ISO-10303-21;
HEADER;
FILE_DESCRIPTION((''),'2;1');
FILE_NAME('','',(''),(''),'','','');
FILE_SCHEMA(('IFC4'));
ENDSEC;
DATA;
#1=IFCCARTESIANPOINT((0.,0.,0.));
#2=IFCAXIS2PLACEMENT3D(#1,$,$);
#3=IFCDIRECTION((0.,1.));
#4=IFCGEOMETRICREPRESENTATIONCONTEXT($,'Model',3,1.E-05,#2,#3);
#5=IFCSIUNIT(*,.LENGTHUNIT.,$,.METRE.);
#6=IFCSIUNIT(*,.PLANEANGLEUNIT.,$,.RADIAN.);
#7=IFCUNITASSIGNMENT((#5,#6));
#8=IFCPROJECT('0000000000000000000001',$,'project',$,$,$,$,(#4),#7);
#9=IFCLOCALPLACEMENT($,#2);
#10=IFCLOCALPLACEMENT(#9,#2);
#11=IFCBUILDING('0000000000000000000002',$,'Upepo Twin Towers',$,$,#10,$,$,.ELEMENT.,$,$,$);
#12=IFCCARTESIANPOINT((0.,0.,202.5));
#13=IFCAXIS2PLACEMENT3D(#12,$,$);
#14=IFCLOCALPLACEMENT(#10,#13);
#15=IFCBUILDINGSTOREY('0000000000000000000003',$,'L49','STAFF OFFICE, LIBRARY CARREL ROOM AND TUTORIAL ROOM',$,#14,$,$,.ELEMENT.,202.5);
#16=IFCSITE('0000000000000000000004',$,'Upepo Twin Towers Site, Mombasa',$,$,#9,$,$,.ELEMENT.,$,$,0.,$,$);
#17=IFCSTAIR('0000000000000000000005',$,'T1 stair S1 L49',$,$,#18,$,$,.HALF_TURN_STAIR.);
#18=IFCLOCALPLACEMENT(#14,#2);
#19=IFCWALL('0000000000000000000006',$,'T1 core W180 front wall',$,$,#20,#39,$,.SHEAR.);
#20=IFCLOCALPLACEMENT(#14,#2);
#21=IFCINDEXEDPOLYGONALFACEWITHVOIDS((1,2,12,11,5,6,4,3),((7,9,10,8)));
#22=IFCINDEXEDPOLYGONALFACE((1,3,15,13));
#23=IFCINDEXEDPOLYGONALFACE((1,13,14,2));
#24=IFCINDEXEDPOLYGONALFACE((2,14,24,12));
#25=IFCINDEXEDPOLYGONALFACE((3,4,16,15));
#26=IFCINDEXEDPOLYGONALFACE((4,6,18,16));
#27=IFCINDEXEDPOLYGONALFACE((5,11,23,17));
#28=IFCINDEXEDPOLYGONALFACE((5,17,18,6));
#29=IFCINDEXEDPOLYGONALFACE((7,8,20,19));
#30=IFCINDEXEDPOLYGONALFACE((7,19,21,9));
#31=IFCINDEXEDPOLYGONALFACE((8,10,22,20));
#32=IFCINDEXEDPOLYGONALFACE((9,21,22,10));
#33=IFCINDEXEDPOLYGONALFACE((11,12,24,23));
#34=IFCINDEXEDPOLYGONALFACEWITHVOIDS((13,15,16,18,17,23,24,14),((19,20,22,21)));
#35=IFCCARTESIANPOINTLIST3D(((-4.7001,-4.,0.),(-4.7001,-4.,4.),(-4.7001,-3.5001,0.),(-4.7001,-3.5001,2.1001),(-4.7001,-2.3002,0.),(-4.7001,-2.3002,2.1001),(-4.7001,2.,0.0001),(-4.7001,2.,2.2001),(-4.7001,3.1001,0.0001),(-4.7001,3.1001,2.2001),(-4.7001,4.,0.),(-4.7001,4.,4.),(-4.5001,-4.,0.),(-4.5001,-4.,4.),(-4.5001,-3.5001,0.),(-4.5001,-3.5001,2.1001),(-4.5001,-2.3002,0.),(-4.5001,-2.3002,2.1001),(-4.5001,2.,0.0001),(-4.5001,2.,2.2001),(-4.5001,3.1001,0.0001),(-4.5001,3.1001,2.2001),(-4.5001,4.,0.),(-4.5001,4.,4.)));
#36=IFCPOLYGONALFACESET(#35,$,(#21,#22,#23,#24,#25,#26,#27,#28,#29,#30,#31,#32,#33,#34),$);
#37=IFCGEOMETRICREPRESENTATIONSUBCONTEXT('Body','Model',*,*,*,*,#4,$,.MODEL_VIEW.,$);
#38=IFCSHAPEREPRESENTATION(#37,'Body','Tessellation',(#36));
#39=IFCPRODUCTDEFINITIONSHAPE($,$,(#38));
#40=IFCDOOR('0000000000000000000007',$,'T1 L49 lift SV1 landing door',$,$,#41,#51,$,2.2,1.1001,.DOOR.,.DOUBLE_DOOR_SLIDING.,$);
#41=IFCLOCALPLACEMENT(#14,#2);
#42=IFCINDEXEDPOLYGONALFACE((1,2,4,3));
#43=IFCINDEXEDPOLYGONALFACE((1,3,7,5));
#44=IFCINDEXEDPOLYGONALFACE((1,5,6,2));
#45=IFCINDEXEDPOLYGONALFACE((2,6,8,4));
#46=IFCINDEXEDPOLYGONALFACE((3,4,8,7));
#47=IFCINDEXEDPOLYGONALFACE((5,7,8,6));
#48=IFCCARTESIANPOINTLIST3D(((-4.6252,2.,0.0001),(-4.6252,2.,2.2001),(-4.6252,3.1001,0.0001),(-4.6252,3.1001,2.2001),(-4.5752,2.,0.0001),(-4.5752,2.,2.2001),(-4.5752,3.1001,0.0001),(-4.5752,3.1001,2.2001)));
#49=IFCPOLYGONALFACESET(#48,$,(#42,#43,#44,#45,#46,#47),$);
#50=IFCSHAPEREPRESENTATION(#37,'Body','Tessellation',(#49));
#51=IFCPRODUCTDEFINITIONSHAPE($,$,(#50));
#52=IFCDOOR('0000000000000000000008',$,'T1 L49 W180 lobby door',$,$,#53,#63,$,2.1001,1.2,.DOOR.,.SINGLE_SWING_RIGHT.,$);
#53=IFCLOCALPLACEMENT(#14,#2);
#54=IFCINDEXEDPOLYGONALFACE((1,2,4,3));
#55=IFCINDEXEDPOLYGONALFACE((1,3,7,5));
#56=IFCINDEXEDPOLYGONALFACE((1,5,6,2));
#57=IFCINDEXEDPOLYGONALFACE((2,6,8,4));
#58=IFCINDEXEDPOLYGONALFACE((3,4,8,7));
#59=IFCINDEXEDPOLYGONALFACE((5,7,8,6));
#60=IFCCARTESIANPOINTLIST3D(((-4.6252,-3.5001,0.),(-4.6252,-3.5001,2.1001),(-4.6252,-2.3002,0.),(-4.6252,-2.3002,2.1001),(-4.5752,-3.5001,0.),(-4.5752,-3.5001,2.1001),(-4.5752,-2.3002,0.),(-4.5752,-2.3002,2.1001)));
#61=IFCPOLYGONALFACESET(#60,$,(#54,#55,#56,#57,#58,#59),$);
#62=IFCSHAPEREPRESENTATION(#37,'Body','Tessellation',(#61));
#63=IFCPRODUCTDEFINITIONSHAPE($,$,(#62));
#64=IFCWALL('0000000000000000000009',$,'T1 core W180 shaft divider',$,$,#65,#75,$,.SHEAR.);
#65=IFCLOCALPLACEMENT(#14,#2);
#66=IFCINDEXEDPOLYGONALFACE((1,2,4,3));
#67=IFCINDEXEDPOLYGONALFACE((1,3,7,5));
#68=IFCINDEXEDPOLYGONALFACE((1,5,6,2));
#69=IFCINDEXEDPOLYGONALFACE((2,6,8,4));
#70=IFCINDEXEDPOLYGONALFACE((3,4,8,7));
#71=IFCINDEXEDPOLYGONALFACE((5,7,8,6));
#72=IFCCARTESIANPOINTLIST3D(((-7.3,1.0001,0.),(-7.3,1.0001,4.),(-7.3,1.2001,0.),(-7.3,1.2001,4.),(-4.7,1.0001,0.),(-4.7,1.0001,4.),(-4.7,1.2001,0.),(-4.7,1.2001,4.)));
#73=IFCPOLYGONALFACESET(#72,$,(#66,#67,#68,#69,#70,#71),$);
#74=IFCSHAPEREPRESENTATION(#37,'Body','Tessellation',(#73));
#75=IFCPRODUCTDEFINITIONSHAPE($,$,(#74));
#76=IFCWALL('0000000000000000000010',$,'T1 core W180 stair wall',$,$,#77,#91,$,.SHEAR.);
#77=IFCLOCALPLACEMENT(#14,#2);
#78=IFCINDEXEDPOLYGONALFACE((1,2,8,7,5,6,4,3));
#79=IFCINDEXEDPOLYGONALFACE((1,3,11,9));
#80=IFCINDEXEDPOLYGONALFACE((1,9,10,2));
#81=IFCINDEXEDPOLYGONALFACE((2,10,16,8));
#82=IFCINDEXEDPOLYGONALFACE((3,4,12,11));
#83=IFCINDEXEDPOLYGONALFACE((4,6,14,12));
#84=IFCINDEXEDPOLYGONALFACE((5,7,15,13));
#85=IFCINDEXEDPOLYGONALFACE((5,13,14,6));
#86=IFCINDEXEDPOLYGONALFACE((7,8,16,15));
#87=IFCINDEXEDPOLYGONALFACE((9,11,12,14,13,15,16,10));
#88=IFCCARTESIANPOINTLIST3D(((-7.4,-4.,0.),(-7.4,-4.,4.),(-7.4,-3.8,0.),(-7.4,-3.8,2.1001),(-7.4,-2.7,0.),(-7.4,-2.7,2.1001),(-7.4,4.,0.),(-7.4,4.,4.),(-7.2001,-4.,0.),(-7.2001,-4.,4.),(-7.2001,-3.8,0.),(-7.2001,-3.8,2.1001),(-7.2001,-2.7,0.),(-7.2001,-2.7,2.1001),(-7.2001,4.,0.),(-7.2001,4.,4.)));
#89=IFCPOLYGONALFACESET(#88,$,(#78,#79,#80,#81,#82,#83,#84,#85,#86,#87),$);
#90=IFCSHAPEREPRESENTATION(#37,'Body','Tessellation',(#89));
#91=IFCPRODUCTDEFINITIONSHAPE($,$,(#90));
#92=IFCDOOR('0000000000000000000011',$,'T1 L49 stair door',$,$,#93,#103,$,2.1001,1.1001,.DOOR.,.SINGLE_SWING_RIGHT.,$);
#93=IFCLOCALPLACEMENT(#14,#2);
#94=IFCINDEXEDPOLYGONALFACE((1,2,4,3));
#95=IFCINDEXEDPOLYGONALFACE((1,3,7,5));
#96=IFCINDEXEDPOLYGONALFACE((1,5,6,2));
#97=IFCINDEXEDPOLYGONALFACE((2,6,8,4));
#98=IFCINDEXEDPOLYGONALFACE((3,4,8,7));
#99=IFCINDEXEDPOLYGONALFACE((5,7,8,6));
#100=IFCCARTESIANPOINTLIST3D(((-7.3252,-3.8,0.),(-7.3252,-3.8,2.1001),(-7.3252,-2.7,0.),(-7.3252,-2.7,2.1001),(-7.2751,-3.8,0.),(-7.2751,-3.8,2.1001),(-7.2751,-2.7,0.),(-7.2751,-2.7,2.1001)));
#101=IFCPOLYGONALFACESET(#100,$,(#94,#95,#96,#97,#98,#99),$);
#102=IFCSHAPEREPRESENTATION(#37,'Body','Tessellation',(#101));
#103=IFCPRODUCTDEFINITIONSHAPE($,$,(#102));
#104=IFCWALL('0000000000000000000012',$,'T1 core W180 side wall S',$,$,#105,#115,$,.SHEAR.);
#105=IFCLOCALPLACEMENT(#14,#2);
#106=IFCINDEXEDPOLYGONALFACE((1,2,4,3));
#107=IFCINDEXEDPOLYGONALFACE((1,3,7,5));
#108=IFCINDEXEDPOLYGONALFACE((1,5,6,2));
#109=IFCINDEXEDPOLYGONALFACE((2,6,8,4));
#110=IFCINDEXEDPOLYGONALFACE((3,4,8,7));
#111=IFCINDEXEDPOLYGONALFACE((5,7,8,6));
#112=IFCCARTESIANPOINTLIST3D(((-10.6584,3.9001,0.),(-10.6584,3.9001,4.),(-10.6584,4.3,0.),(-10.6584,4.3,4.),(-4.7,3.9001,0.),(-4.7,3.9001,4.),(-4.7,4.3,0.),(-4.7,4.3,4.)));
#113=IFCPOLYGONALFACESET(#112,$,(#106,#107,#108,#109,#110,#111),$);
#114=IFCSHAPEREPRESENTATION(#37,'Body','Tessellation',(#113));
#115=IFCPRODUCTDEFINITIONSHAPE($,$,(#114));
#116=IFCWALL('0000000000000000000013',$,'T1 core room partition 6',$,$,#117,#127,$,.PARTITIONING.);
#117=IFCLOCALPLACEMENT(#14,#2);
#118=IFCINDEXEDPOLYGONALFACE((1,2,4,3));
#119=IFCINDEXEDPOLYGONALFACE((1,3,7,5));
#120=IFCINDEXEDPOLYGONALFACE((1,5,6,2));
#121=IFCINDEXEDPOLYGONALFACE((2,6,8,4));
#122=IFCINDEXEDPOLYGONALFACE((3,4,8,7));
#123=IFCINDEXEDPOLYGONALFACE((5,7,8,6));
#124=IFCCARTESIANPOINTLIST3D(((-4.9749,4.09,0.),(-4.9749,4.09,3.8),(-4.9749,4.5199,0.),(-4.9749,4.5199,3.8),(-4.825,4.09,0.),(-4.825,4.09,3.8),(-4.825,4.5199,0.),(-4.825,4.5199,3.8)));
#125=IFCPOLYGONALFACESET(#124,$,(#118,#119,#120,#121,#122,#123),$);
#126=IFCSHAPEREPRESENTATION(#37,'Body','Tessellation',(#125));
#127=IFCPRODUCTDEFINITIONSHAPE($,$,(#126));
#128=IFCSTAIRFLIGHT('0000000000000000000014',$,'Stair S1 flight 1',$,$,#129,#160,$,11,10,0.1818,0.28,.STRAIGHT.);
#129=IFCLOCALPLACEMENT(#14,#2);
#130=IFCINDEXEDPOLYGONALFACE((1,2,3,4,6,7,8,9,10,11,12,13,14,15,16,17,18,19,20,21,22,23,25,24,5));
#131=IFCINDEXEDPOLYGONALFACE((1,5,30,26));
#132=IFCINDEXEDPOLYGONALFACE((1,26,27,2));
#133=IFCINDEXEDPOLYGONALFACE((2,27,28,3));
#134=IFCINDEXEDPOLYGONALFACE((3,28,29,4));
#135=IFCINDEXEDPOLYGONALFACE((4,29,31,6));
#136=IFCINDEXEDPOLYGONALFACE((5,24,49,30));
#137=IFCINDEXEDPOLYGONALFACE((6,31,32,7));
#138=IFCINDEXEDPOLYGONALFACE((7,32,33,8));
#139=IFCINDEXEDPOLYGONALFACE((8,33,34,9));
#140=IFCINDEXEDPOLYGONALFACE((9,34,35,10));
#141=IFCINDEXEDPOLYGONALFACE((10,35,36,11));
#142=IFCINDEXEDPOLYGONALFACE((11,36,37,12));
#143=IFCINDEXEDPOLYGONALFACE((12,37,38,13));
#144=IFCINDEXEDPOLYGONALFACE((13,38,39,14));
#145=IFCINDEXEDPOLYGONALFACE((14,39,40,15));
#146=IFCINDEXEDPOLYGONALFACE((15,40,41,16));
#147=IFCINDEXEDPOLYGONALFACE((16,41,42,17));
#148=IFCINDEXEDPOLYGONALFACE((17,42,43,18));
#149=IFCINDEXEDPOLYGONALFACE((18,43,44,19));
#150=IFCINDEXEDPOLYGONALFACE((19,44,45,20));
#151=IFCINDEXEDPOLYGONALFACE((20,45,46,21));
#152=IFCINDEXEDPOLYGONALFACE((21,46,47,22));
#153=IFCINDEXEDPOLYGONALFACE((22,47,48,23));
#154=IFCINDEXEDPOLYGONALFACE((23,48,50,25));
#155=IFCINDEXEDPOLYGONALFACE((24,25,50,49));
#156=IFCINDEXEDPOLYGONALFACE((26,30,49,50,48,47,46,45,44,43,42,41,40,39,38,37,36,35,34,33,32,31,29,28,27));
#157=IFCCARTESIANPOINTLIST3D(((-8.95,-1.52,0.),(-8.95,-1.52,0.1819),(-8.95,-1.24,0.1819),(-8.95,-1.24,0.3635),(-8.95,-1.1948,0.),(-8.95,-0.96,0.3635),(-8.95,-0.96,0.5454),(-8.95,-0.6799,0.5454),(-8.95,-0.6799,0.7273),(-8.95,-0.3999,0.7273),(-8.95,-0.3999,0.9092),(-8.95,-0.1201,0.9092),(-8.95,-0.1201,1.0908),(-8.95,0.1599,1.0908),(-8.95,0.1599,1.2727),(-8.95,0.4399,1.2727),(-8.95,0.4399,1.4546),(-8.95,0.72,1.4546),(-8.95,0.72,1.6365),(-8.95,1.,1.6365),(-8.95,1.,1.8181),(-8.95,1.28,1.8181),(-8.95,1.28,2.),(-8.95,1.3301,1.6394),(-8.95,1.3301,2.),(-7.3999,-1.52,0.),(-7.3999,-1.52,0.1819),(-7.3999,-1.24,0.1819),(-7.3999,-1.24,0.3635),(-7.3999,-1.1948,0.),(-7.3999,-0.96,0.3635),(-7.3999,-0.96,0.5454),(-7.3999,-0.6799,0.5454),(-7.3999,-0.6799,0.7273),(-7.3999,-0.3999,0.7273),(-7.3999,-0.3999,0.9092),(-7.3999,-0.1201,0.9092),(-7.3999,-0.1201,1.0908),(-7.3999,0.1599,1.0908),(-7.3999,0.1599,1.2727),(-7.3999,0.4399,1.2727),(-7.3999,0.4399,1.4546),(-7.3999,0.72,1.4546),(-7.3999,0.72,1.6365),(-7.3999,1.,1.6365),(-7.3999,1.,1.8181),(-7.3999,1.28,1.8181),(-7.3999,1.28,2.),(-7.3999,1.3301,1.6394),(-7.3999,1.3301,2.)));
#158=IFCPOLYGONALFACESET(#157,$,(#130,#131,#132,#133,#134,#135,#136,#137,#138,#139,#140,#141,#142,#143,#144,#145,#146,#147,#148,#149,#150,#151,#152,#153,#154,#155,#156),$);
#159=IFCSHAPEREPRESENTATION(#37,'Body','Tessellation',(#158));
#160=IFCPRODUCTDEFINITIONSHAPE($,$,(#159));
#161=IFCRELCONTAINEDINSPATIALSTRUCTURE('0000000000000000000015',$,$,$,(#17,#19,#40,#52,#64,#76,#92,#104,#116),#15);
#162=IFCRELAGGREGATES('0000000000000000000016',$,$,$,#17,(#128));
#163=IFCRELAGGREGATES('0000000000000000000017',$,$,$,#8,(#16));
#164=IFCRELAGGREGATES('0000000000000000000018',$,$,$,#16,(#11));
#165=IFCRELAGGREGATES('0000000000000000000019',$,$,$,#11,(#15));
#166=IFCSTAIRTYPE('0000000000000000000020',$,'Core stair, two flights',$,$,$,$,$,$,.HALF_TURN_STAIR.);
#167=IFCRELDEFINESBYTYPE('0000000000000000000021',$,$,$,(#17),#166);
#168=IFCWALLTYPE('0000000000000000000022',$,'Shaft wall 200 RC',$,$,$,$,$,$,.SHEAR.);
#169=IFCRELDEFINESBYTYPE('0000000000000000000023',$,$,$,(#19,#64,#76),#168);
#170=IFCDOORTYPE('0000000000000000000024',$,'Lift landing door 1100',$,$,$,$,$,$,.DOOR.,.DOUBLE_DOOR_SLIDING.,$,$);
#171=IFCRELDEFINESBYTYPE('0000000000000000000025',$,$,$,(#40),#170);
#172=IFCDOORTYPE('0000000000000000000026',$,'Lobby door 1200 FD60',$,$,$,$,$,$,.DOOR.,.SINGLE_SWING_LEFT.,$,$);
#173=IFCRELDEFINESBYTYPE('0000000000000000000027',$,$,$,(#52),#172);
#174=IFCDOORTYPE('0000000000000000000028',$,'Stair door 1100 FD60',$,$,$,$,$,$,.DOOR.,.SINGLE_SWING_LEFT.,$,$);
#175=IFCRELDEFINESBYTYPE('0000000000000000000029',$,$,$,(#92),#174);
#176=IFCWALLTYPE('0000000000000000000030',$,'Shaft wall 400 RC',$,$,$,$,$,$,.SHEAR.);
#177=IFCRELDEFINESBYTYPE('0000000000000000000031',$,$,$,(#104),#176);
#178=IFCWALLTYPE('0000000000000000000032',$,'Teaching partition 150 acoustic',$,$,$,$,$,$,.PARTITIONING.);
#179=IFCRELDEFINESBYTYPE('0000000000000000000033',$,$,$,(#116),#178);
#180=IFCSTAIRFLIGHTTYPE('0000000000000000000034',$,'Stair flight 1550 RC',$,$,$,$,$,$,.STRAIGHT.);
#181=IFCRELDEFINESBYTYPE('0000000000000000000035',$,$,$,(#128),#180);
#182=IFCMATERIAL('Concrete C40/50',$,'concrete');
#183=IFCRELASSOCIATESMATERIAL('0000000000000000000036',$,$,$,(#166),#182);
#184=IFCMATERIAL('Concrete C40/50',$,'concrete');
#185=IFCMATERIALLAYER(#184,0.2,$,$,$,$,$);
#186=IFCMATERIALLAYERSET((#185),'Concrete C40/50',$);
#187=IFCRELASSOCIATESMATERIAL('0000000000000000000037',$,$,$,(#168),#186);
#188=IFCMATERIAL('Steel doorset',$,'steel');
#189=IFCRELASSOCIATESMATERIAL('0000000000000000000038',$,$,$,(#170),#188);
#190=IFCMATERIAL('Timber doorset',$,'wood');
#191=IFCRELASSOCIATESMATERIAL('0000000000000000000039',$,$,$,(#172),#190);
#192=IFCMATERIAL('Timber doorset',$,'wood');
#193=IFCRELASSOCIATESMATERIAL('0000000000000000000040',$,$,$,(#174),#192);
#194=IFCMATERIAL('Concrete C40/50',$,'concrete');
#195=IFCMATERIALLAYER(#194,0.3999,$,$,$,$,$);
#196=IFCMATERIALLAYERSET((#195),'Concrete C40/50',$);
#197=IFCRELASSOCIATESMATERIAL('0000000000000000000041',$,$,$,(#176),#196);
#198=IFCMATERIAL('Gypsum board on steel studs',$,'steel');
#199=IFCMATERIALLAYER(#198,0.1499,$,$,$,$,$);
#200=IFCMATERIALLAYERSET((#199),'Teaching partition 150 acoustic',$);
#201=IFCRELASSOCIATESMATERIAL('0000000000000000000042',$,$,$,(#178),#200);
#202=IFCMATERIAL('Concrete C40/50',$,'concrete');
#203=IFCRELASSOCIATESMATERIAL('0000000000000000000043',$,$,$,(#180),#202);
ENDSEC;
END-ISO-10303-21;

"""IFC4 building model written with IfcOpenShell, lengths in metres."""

from ifc_helpers import new_model, si_unit, direction, frame, frame_2d, origin, place, context, subcontext, project, spatial, polyline, rectangle, outline, extrude, material, layer, layer_set, type_object, element, fill, aggregate, save


model = new_model("IFC4")

# Units and contexts
model_context = context("Model", 3, precision=1e-05, world=origin(), true_north=direction((0.0, 1.0)))
body_context = subcontext(model_context, "Body", "Model", "MODEL_VIEW")
ifc_project = project(units=[si_unit("LENGTHUNIT", "METRE"), si_unit("PLANEANGLEUNIT", "RADIAN")], contexts=[model_context])

# Site, building, storey
site_placement = place(None, origin())
site = spatial("IfcSite", under=ifc_project, at=site_placement, Name="Upepo Twin Towers Site, Mombasa", CompositionType="ELEMENT", RefElevation=0.0)
building_placement = place(site_placement, origin())
building = spatial("IfcBuilding", under=site, at=building_placement, Name="Upepo Twin Towers", CompositionType="ELEMENT")
storey_placement = place(building_placement, frame((0.0, 0.0, 202.5)))
storey = spatial("IfcBuildingStorey", under=building, at=storey_placement, Name="L49", Description="STAFF OFFICE, LIBRARY CARREL ROOM AND TUTORIAL ROOM", CompositionType="ELEMENT", Elevation=202.5)

# Stair
ifc_material_1 = material(Name="Concrete C40/50", Category="concrete")
stair_type = type_object("IfcStairType", Name="Core stair, two flights", PredefinedType="HALF_TURN_STAIR", material=ifc_material_1)
stair_placement = place(storey_placement, origin())
stair = element("IfcStair", 1, at=stair_placement, inside=storey, type_object=stair_type, Name="T1 stair S1 L49", PredefinedType="HALF_TURN_STAIR")

# Wall, openings, doors
ifc_material_2 = material(Name="Concrete C40/50", Category="concrete")
ifc_layer_1 = layer(ifc_material_2, 0.2)
ifc_layer_set_1 = layer_set([ifc_layer_1], Name="Concrete C40/50")
wall_type_1 = type_object("IfcWallType", Name="Shaft wall 200 RC", PredefinedType="SHEAR", material=ifc_layer_set_1)
wall_1_placement = place(storey_placement, frame((-4.6001, 4.0, 0.0), z_axis=(0.0, 0.0, 1.0), x_axis=(0.0, -1.0, 0.0)))
wall_1 = element("IfcWall", 2, at=wall_1_placement, inside=storey, type_object=wall_type_1, Name="T1 core W180 front wall", PredefinedType="SHEAR", context=body_context, shape_type="SweptSolid", body=[
    extrude(rectangle(XDim=8.0, YDim=0.2, at=frame_2d((4.0, 0.0))), origin(), (0.0, 0.0, 1.0), 4.0),
])
opening_1_placement = place(wall_1_placement, frame((6.3, 0.0, 0.0)))
opening_1 = element("IfcOpeningElement", 3, at=opening_1_placement, cuts=wall_1, PredefinedType="OPENING", context=body_context, shape_type="SweptSolid", body=[
    extrude(rectangle(XDim=1.2, YDim=2.1001, at=frame_2d((0.6001, 1.05))), frame((0.0, 0.1099, 0.0), z_axis=(0.0, -1.0, 0.0), x_axis=(1.0, 0.0, 0.0)), (0.0, 0.0, 1.0), 0.22),
])
opening_2_placement = place(wall_1_placement, frame((0.8999, 0.0, 0.0)))
opening_2 = element("IfcOpeningElement", 4, at=opening_2_placement, cuts=wall_1, PredefinedType="OPENING", context=body_context, shape_type="SweptSolid", body=[
    extrude(rectangle(XDim=1.1001, YDim=2.2, at=frame_2d((0.55, 1.1001))), frame((0.0, 0.1099, 0.0), z_axis=(0.0, -1.0, 0.0), x_axis=(1.0, 0.0, 0.0)), (0.0, 0.0, 1.0), 0.22),
])
ifc_material_3 = material(Name="Steel doorset", Category="steel")
door_type_1 = type_object("IfcDoorType", Name="Lift landing door 1100", OperationType="DOUBLE_DOOR_SLIDING", PredefinedType="DOOR", material=ifc_material_3)
door_1_placement = place(opening_2_placement, origin())
door_1 = element("IfcDoor", 5, at=door_1_placement, inside=storey, type_object=door_type_1, Name="T1 L49 lift SV1 landing door", OperationType="DOUBLE_DOOR_SLIDING", OverallHeight=2.2, OverallWidth=1.1001, PredefinedType="DOOR", context=body_context, shape_type="SweptSolid", body=[
    extrude(rectangle(XDim=1.1001, YDim=2.2, at=frame_2d((0.55, 1.1001))), frame((0.0, 0.0249, 0.0), z_axis=(0.0, -1.0, 0.0), x_axis=(1.0, 0.0, 0.0)), (0.0, 0.0, 1.0), 0.05),
])
fill(opening_2, door_1)
ifc_material_4 = material(Name="Timber doorset", Category="wood")
door_type_2 = type_object("IfcDoorType", Name="Lobby door 1200 FD60", OperationType="SINGLE_SWING_LEFT", PredefinedType="DOOR", material=ifc_material_4)
door_2_placement = place(opening_1_placement, origin())
door_2 = element("IfcDoor", 6, at=door_2_placement, inside=storey, type_object=door_type_2, Name="T1 L49 W180 lobby door", OperationType="SINGLE_SWING_RIGHT", OverallHeight=2.1001, OverallWidth=1.2, PredefinedType="DOOR", context=body_context, shape_type="SweptSolid", body=[
    extrude(rectangle(XDim=1.2, YDim=2.1001, at=frame_2d((0.6001, 1.05))), frame((0.0, 0.0249, 0.0), z_axis=(0.0, -1.0, 0.0), x_axis=(1.0, 0.0, 0.0)), (0.0, 0.0, 1.0), 0.05),
])
fill(opening_1, door_2)

# Wall
wall_2_placement = place(storey_placement, frame((-4.7, 1.1001, 0.0), z_axis=(0.0, 0.0, 1.0), x_axis=(-1.0, 0.0, 0.0)))
element("IfcWall", 7, at=wall_2_placement, inside=storey, type_object=wall_type_1, Name="T1 core W180 shaft divider", PredefinedType="SHEAR", context=body_context, shape_type="SweptSolid", body=[
    extrude(rectangle(XDim=2.6001, YDim=0.2, at=frame_2d((1.3, 0.0))), origin(), (0.0, 0.0, 1.0), 4.0),
])

# Wall, opening, door
wall_3_placement = place(storey_placement, frame((-7.3, 4.0, 0.0), z_axis=(0.0, 0.0, 1.0), x_axis=(0.0, -1.0, 0.0)))
wall_3 = element("IfcWall", 8, at=wall_3_placement, inside=storey, type_object=wall_type_1, Name="T1 core W180 stair wall", PredefinedType="SHEAR", context=body_context, shape_type="SweptSolid", body=[
    extrude(rectangle(XDim=8.0, YDim=0.2, at=frame_2d((4.0, 0.0))), origin(), (0.0, 0.0, 1.0), 4.0),
])
opening_3_placement = place(wall_3_placement, frame((6.7, 0.0, 0.0)))
opening_3 = element("IfcOpeningElement", 9, at=opening_3_placement, cuts=wall_3, PredefinedType="OPENING", context=body_context, shape_type="SweptSolid", body=[
    extrude(rectangle(XDim=1.1001, YDim=2.1001, at=frame_2d((0.55, 1.05))), frame((0.0, 0.1099, 0.0), z_axis=(0.0, -1.0, 0.0), x_axis=(1.0, 0.0, 0.0)), (0.0, 0.0, 1.0), 0.22),
])
ifc_material_5 = material(Name="Timber doorset", Category="wood")
door_type_3 = type_object("IfcDoorType", Name="Stair door 1100 FD60", OperationType="SINGLE_SWING_LEFT", PredefinedType="DOOR", material=ifc_material_5)
door_3_placement = place(opening_3_placement, origin())
door_3 = element("IfcDoor", 10, at=door_3_placement, inside=storey, type_object=door_type_3, Name="T1 L49 stair door", OperationType="SINGLE_SWING_RIGHT", OverallHeight=2.1001, OverallWidth=1.1001, PredefinedType="DOOR", context=body_context, shape_type="SweptSolid", body=[
    extrude(rectangle(XDim=1.1001, YDim=2.1001, at=frame_2d((0.55, 1.05))), frame((0.0, 0.0249, 0.0), z_axis=(0.0, -1.0, 0.0), x_axis=(1.0, 0.0, 0.0)), (0.0, 0.0, 1.0), 0.05),
])
fill(opening_3, door_3)

# Walls
ifc_material_6 = material(Name="Concrete C40/50", Category="concrete")
ifc_layer_2 = layer(ifc_material_6, 0.3999)
ifc_layer_set_2 = layer_set([ifc_layer_2], Name="Concrete C40/50")
wall_type_2 = type_object("IfcWallType", Name="Shaft wall 400 RC", PredefinedType="SHEAR", material=ifc_layer_set_2)
wall_4_placement = place(storey_placement, frame((-4.7, 4.1001, 0.0), z_axis=(0.0, 0.0, 1.0), x_axis=(-1.0, 0.0, 0.0)))
element("IfcWall", 11, at=wall_4_placement, inside=storey, type_object=wall_type_2, Name="T1 core W180 side wall S", PredefinedType="SHEAR", context=body_context, shape_type="SweptSolid", body=[
    extrude(rectangle(XDim=5.9585, YDim=0.3999, at=frame_2d((2.9792, 0.0))), origin(), (0.0, 0.0, 1.0), 4.0),
])
ifc_material_7 = material(Name="Gypsum board on steel studs", Category="steel")
ifc_layer_3 = layer(ifc_material_7, 0.1499)
ifc_layer_set_3 = layer_set([ifc_layer_3], Name="Teaching partition 150 acoustic")
wall_type_3 = type_object("IfcWallType", Name="Teaching partition 150 acoustic", PredefinedType="PARTITIONING", material=ifc_layer_set_3)
wall_5_placement = place(storey_placement, frame((-4.8999, 4.0901, 0.0), z_axis=(0.0, 0.0, 1.0), x_axis=(0.0, 1.0, 0.0)))
element("IfcWall", 12, at=wall_5_placement, inside=storey, type_object=wall_type_3, Name="T1 core room partition 6", PredefinedType="PARTITIONING", context=body_context, shape_type="SweptSolid", body=[
    extrude(rectangle(XDim=0.4299, YDim=0.1499, at=frame_2d((0.2148, 0.0))), origin(), (0.0, 0.0, 1.0), 3.8),
])

# Stair flight
ifc_material_8 = material(Name="Concrete C40/50", Category="concrete")
stair_flight_type = type_object("IfcStairFlightType", Name="Stair flight 1550 RC", PredefinedType="STRAIGHT", material=ifc_material_8)
stair_flight_1_placement = place(storey_placement, frame((-8.175, -1.52, 0.0), z_axis=(0.0, 0.0, 1.0), x_axis=(0.0, 1.0, 0.0)))
stair_flight_1 = element("IfcStairFlight", 13, at=stair_flight_1_placement, type_object=stair_flight_type, Name="Stair S1 flight 1", NumberOfRisers=11, NumberOfTreads=10, PredefinedType="STRAIGHT", RiserHeight=0.1818, TreadLength=0.28, context=body_context, shape_type="SweptSolid", body=[
    extrude(outline(polyline([(0.0, 0.0), (0.0, 0.1819), (0.28, 0.1819), (0.28, 0.3635), (0.5601, 0.3635), (0.5601, 0.5454), (0.8401, 0.5454), (0.8401, 0.7273), (1.1201, 0.7273), (1.1201, 0.9092), (1.3999, 0.9092), (1.3999, 1.0908), (1.6799, 1.0908), (1.6799, 1.2727), (1.96, 1.2727), (1.96, 1.4546), (2.24, 1.4546), (2.24, 1.6365), (2.52, 1.6365), (2.52, 1.8181), (2.8, 1.8181), (2.8, 2.0), (2.8501, 2.0), (2.8501, 1.6394), (0.3252, 0.0), (0.0, 0.0)])), frame((0.0, 0.7749, 0.0), z_axis=(0.0, -1.0, 0.0), x_axis=(1.0, 0.0, 0.0)), (0.0, 0.0, 1.0), 1.55),
])
aggregate(stair, [stair_flight_1])

save(model, "model.ifc")
